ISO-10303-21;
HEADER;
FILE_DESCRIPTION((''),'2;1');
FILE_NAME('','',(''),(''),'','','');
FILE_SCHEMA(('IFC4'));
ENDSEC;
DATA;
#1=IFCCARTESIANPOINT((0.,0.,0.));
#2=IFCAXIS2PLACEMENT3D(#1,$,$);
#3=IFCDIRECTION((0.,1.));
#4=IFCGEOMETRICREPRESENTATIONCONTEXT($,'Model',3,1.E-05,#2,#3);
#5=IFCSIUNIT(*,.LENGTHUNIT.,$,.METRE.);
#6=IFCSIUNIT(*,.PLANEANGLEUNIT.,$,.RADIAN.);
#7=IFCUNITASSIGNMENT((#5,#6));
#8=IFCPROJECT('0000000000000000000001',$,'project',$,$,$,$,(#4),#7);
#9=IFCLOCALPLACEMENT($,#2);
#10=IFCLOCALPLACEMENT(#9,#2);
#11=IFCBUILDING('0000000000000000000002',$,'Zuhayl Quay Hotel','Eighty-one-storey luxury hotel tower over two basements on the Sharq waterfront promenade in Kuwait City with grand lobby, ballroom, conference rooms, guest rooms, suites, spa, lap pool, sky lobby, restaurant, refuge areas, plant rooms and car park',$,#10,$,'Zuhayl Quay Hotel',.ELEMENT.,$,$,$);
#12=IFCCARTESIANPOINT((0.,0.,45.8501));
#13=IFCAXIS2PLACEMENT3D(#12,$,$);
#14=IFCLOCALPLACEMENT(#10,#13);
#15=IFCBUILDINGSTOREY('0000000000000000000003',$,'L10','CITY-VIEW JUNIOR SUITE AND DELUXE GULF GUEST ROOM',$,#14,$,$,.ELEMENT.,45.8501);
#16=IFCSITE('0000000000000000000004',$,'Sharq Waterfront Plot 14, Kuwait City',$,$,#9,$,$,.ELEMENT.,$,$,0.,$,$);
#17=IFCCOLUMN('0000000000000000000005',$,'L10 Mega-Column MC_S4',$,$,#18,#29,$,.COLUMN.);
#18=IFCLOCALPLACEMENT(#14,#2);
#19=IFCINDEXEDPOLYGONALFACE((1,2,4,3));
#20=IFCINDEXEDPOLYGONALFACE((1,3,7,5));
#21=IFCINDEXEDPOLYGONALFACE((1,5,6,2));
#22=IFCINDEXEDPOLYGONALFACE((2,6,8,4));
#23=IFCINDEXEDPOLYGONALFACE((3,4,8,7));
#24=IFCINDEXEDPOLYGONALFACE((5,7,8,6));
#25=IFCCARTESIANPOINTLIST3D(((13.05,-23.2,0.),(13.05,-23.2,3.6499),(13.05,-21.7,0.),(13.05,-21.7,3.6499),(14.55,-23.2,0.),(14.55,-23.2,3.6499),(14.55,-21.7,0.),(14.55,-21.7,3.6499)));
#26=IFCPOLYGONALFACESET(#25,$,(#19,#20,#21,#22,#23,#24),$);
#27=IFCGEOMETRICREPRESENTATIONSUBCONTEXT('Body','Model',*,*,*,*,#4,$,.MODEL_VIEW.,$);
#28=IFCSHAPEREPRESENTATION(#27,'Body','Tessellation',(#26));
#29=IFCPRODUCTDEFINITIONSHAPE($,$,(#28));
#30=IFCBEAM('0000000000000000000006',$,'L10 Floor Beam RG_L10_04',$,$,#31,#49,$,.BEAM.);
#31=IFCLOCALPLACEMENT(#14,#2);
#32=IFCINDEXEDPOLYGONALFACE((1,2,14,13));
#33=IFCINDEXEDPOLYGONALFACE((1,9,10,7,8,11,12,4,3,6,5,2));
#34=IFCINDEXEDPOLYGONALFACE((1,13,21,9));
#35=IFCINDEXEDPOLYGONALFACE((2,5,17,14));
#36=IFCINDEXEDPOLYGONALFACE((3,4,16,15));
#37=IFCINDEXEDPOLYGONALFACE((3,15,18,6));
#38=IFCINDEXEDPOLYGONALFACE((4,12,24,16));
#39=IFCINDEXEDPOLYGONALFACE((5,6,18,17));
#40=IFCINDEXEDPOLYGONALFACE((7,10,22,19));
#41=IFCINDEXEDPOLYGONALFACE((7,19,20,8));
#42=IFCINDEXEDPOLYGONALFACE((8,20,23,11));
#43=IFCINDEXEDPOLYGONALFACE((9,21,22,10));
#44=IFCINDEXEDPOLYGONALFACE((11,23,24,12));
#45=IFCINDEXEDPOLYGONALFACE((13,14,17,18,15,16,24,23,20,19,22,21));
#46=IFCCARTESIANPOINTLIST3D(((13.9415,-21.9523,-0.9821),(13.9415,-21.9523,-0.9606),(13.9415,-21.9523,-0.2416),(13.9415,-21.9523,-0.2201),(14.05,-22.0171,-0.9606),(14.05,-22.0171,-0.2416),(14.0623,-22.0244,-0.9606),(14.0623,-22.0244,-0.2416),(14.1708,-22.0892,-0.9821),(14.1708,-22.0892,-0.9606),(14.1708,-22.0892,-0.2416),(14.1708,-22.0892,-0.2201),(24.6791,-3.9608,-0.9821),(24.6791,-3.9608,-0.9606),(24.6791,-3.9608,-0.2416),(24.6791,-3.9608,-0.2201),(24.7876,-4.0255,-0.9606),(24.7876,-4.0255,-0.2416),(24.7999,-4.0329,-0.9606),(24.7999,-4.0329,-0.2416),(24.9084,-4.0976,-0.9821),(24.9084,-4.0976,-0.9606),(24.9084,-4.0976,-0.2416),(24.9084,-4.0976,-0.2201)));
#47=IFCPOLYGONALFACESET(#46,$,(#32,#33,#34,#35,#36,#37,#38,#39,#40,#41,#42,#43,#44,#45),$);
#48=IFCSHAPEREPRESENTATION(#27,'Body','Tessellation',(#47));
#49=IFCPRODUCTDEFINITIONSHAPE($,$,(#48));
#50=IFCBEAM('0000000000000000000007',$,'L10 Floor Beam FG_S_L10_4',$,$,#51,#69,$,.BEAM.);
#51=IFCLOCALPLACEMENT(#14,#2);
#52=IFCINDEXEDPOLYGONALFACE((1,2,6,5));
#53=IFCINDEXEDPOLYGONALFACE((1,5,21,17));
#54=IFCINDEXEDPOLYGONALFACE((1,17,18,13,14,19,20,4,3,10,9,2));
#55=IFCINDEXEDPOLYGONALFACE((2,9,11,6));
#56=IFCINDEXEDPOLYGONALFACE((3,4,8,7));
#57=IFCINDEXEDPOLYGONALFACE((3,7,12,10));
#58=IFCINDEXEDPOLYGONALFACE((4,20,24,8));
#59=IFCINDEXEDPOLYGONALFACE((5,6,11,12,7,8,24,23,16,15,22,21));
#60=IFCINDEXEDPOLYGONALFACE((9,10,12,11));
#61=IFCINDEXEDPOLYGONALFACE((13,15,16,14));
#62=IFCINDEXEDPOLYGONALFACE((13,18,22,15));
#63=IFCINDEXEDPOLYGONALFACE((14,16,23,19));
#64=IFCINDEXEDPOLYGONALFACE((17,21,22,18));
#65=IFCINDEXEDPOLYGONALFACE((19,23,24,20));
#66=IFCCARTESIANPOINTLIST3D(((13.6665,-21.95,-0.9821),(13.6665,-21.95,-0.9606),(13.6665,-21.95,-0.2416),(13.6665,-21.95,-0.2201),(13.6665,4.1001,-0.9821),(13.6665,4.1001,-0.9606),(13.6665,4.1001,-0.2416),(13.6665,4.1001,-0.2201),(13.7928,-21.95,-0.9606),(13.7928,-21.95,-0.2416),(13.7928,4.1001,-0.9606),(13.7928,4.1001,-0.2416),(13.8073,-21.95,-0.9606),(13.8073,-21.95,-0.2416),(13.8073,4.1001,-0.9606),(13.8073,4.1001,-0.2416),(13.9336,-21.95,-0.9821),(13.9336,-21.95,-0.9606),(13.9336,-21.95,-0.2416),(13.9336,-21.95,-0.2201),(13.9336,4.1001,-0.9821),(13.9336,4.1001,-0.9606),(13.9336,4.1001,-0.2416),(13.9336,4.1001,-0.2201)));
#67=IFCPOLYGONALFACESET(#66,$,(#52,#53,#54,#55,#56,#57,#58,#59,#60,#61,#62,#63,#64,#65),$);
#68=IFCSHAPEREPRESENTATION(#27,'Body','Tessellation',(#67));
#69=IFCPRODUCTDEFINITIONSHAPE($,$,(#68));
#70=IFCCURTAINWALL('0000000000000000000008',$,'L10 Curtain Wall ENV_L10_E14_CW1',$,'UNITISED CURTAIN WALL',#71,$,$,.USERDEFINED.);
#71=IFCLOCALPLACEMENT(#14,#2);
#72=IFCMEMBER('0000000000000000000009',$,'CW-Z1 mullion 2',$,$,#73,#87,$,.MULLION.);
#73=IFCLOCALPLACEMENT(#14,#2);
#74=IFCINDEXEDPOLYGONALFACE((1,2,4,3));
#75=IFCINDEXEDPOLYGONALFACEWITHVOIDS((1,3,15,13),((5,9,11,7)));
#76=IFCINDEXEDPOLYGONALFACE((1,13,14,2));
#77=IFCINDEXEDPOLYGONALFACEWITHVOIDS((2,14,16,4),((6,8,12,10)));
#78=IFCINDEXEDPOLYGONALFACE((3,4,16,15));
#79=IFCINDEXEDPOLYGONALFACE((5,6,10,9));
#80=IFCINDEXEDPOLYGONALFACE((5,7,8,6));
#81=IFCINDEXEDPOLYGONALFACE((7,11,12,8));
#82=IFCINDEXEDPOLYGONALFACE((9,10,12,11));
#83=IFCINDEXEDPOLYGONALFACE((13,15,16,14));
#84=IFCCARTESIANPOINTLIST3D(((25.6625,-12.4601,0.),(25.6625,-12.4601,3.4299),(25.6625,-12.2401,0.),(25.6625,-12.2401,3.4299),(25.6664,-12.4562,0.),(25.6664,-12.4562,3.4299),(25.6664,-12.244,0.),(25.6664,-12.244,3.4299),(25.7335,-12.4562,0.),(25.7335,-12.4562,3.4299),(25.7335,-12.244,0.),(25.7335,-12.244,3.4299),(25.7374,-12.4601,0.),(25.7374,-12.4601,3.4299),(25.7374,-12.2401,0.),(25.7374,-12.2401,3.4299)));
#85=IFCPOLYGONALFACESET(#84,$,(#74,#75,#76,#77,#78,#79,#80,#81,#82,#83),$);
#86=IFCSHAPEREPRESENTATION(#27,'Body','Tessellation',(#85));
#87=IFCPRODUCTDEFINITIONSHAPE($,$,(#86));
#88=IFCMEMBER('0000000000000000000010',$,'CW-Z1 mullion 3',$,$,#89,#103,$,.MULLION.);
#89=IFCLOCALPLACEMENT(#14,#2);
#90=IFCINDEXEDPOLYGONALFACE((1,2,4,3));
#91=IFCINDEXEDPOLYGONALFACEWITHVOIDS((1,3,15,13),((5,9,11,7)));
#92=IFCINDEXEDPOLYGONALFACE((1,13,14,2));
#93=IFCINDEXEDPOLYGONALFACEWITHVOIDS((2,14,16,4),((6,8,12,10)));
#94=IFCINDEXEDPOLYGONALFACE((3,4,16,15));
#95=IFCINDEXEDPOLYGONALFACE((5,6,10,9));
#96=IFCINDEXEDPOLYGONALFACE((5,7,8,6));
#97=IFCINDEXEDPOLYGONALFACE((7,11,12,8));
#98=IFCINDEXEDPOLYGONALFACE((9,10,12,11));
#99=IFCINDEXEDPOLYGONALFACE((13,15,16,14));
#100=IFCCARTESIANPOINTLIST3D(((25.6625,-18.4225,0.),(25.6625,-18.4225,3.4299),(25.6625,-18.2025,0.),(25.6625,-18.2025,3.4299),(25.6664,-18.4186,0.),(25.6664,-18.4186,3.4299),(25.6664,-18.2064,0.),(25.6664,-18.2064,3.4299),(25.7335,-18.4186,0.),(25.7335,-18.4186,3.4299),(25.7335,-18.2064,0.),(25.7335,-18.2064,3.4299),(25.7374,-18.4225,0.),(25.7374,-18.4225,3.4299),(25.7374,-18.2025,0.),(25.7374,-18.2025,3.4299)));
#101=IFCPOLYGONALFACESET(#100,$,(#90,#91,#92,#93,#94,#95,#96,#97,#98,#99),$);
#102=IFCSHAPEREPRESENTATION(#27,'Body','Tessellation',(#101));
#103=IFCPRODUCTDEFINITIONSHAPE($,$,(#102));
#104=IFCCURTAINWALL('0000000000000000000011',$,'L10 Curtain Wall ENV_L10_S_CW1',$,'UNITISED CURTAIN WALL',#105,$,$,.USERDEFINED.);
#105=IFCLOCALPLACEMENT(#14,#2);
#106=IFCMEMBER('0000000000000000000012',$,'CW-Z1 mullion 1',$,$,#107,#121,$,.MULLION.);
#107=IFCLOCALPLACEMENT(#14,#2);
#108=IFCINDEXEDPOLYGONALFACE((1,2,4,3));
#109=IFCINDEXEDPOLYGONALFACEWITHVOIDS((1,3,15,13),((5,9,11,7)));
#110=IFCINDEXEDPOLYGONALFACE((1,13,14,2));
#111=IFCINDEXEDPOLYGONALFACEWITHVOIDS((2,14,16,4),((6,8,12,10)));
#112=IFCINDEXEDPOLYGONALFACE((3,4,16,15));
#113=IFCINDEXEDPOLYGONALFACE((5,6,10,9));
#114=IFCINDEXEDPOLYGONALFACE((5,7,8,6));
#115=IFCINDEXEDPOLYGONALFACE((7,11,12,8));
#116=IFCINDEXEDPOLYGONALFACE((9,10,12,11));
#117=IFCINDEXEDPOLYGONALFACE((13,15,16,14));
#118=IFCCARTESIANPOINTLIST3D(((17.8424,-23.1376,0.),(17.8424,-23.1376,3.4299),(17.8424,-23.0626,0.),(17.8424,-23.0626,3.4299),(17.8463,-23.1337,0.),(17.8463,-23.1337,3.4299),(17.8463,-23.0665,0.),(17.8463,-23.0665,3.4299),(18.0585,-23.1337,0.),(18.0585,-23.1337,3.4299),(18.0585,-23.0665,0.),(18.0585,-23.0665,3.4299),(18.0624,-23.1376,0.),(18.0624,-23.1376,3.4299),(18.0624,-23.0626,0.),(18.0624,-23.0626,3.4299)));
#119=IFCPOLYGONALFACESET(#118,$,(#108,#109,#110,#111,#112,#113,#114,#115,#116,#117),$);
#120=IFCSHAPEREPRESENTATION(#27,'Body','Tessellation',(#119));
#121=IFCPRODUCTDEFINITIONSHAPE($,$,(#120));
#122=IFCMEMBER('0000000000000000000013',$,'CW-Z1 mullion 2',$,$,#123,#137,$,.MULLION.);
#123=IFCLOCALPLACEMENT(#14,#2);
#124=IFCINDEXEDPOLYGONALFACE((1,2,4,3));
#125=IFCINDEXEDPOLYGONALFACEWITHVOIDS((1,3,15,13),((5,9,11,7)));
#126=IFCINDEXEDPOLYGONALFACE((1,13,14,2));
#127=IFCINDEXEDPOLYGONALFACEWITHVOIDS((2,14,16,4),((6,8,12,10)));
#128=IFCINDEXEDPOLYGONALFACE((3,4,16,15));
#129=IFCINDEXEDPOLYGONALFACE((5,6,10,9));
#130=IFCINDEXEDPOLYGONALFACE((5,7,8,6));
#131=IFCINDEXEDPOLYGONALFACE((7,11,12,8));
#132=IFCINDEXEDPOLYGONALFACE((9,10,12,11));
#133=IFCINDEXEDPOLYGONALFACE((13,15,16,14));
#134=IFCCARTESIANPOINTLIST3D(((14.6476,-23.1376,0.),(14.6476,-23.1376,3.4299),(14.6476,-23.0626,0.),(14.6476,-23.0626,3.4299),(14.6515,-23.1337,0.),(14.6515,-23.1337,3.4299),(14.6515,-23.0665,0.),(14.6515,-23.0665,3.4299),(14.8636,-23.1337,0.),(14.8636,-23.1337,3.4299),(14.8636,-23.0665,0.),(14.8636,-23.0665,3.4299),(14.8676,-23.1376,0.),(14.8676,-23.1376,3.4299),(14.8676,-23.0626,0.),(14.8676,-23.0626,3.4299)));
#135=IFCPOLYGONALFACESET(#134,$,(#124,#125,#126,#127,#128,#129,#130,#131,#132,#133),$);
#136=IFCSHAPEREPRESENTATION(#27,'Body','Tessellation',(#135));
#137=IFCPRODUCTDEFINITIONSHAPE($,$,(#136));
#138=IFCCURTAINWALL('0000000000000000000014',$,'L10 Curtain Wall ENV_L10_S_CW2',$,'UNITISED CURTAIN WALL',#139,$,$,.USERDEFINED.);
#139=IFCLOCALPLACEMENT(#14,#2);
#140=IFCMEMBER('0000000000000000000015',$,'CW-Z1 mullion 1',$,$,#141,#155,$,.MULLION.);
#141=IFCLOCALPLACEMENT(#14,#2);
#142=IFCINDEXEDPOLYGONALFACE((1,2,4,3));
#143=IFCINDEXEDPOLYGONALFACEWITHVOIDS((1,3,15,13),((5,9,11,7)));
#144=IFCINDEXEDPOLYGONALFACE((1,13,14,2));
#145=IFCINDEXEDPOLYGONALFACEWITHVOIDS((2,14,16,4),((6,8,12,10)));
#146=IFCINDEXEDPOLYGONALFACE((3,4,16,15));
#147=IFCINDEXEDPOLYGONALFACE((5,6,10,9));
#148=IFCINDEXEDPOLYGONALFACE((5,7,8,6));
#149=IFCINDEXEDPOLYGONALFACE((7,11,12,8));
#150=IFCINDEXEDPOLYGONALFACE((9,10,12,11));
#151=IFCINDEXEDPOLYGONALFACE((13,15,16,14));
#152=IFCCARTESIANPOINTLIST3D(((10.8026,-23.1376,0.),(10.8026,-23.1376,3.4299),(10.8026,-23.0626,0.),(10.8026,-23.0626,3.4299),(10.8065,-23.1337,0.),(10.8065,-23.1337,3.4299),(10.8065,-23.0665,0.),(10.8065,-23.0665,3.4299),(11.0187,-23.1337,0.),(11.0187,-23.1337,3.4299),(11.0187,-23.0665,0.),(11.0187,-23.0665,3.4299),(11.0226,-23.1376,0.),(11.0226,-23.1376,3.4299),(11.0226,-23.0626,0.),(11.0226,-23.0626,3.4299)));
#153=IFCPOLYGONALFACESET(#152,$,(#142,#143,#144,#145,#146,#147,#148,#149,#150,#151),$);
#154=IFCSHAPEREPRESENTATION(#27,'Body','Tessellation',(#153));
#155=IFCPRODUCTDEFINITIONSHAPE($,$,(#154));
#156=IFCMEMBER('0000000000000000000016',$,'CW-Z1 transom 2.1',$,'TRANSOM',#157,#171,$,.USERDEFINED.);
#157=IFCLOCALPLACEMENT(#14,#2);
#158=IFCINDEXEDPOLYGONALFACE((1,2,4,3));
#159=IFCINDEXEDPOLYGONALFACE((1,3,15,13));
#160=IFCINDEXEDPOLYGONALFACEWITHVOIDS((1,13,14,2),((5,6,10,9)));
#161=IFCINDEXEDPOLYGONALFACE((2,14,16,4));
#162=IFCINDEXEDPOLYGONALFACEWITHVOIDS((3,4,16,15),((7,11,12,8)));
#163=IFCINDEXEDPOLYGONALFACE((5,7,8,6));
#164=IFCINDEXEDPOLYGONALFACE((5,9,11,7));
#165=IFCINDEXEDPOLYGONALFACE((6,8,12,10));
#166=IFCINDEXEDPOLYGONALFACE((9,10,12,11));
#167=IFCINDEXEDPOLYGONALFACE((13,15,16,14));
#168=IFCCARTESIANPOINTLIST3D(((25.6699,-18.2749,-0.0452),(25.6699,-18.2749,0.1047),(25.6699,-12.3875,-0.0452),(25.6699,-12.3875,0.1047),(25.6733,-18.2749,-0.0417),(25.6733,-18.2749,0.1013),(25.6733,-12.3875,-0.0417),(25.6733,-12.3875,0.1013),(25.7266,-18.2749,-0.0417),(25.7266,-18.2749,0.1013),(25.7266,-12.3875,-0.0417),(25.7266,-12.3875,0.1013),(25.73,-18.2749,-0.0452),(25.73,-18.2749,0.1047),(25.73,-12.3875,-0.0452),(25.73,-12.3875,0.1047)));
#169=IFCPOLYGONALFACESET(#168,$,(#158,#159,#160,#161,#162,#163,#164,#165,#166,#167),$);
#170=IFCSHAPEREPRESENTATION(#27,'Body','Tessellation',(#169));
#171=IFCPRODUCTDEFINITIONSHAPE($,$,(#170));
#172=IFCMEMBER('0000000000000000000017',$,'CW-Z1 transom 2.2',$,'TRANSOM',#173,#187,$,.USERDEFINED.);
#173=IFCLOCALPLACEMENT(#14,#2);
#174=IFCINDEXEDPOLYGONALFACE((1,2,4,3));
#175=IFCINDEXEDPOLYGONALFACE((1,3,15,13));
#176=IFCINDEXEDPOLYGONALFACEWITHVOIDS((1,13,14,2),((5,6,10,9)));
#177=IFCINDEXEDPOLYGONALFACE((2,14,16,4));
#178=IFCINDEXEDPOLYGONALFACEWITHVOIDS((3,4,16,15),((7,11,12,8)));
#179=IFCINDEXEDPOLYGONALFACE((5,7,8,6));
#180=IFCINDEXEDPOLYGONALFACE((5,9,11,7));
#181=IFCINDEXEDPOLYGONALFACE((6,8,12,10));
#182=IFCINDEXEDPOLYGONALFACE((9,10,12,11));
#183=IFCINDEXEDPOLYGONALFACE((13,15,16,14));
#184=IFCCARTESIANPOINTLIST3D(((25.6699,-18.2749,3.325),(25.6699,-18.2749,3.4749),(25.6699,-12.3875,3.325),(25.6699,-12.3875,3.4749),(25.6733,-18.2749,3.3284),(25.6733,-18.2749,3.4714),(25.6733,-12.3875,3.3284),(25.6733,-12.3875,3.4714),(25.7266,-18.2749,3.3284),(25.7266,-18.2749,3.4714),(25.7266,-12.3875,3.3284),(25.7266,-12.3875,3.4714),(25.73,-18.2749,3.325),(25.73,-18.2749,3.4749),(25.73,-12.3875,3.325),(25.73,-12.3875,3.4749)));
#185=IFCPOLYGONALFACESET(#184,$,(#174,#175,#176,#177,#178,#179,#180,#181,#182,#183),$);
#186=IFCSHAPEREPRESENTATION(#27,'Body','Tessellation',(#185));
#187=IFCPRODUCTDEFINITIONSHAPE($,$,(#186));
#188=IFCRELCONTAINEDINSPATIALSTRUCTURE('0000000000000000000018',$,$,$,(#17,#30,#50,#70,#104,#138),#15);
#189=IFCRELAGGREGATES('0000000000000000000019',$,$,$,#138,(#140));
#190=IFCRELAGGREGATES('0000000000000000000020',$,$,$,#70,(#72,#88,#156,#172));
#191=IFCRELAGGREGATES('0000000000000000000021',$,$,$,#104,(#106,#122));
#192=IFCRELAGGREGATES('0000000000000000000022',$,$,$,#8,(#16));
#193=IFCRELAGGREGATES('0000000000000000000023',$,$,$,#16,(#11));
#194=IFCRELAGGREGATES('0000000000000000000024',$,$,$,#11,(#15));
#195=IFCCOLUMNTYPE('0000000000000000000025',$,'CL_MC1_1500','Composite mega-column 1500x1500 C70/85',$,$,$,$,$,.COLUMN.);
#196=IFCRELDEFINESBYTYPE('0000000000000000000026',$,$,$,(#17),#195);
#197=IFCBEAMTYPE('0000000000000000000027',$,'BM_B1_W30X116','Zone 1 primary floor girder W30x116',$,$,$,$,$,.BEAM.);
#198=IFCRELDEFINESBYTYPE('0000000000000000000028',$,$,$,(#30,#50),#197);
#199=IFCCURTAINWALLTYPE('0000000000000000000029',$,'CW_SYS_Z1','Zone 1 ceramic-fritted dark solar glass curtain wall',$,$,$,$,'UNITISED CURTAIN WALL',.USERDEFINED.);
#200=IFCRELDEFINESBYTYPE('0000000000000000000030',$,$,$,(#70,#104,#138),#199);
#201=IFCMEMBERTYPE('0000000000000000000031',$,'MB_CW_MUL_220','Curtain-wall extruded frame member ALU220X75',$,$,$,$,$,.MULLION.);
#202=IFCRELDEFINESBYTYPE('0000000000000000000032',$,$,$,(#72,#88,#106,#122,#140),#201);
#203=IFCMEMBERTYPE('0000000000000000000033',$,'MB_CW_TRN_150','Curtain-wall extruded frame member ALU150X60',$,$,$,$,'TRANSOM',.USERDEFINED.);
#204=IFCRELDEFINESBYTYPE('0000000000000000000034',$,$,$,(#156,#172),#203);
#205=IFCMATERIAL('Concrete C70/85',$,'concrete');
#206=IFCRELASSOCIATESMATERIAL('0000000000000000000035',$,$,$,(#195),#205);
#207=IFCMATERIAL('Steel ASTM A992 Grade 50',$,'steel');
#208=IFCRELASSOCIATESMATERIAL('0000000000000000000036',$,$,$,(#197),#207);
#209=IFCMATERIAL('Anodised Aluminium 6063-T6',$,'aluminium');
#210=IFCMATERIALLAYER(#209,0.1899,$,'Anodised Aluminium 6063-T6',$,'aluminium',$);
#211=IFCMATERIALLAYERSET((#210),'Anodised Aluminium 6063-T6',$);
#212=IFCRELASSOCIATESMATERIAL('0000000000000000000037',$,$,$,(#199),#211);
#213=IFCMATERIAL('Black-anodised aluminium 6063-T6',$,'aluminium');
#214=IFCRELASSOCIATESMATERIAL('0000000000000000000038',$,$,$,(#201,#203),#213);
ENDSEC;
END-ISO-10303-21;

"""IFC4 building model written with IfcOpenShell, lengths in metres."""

from ifc_helpers import new_model, si_unit, direction, frame, origin, origin_2d, place, context, subcontext, project, spatial, rectangle, hollow_rectangle, i_section, extrude, material, layer, layer_set, material_profile, profile_set, type_object, element, aggregate, save


model = new_model("IFC4")

# Units and contexts
model_context = context("Model", 3, precision=1e-05, world=origin(), true_north=direction((0.0, 1.0)))
body_context = subcontext(model_context, "Body", "Model", "MODEL_VIEW")
ifc_project = project(units=[si_unit("LENGTHUNIT", "METRE"), si_unit("PLANEANGLEUNIT", "RADIAN")], contexts=[model_context])

# Site, building, storey
site_placement = place(None, origin())
site = spatial("IfcSite", under=ifc_project, at=site_placement, Name="Sharq Waterfront Plot 14, Kuwait City", CompositionType="ELEMENT", RefElevation=0.0)
building_placement = place(site_placement, origin())
building = spatial("IfcBuilding", under=site, at=building_placement, Name="Zuhayl Quay Hotel", Description="Eighty-one-storey luxury hotel tower over two basements on the Sharq waterfront promenade in Kuwait City with grand lobby, ballroom, conference rooms, guest rooms, suites, spa, lap pool, sky lobby, restaurant, refuge areas, plant rooms and car park", LongName="Zuhayl Quay Hotel", CompositionType="ELEMENT")
storey_placement = place(building_placement, frame((0.0, 0.0, 45.8501)))
storey = spatial("IfcBuildingStorey", under=building, at=storey_placement, Name="L10", Description="CITY-VIEW JUNIOR SUITE AND DELUXE GULF GUEST ROOM", CompositionType="ELEMENT", Elevation=45.8501)

# Column
ifc_material_1 = material(Name="Concrete C70/85", Category="concrete")
ifc_material_profile_1 = material_profile(ifc_material_1, rectangle(XDim=1.5, YDim=1.5, at=origin_2d()), Name="RC1500X1500")
ifc_profile_set_1 = profile_set([ifc_material_profile_1], Name="Concrete C70/85")
column_type = type_object("IfcColumnType", Name="CL_MC1_1500", Description="Composite mega-column 1500x1500 C70/85", PredefinedType="COLUMN", material=ifc_profile_set_1)
column_placement = place(storey_placement, frame((13.8, -22.45, 0.0), z_axis=(0.0, 0.0, 1.0), x_axis=(1.0, 0.0, 0.0)))
element("IfcColumn", 1, at=column_placement, inside=storey, type_object=column_type, Name="L10 Mega-Column MC_S4", PredefinedType="COLUMN", context=body_context, shape_type="SweptSolid", body=[
    extrude(rectangle(XDim=1.5, YDim=1.5, at=origin_2d()), origin(), (0.0, 0.0, 1.0), 3.6499),
])

# Beams
ifc_material_2 = material(Name="Steel ASTM A992 Grade 50", Category="steel")
ifc_material_profile_2 = material_profile(ifc_material_2, i_section(OverallWidth=0.2671, OverallDepth=0.762, WebThickness=0.0144, FlangeThickness=0.0215, at=origin_2d()), Name="W30X116")
ifc_profile_set_2 = profile_set([ifc_material_profile_2], Name="Steel ASTM A992 Grade 50")
beam_type = type_object("IfcBeamType", Name="BM_B1_W30X116", Description="Zone 1 primary floor girder W30x116", PredefinedType="BEAM", material=ifc_profile_set_2)
beam_1_placement = place(storey_placement, frame((14.0562, -22.0208, -0.6011), z_axis=(0.512483, 0.858698, 0.0), x_axis=(-0.858698, 0.512483, 0.0)))
element("IfcBeam", 2, at=beam_1_placement, inside=storey, type_object=beam_type, Name="L10 Floor Beam RG_L10_04", PredefinedType="BEAM", context=body_context, shape_type="SweptSolid", body=[
    extrude(i_section(OverallWidth=0.2671, OverallDepth=0.762, WebThickness=0.0144, FlangeThickness=0.0215, at=origin_2d()), origin(), (0.0, 0.0, 1.0), 20.9521),
])
beam_2_placement = place(storey_placement, frame((13.8, -21.95, -0.6011), z_axis=(0.0, 1.0, 0.0), x_axis=(-1.0, 0.0, 0.0)))
element("IfcBeam", 3, at=beam_2_placement, inside=storey, type_object=beam_type, Name="L10 Floor Beam FG_S_L10_4", PredefinedType="BEAM", context=body_context, shape_type="SweptSolid", body=[
    extrude(i_section(OverallWidth=0.2671, OverallDepth=0.762, WebThickness=0.0144, FlangeThickness=0.0215, at=origin_2d()), origin(), (0.0, 0.0, 1.0), 26.05),
])

# Curtain walls, members
ifc_material_3 = material(Name="Anodised Aluminium 6063-T6", Category="aluminium")
ifc_layer_1 = layer(ifc_material_3, 0.1899, Name="Anodised Aluminium 6063-T6", Category="aluminium")
ifc_layer_set_1 = layer_set([ifc_layer_1], Name="Anodised Aluminium 6063-T6")
curtain_wall_type = type_object("IfcCurtainWallType", Name="CW_SYS_Z1", Description="Zone 1 ceramic-fritted dark solar glass curtain wall", ElementType="UNITISED CURTAIN WALL", PredefinedType="USERDEFINED", material=ifc_layer_set_1)
curtain_wall_1_placement = place(storey_placement, origin())
curtain_wall_1 = element("IfcCurtainWall", 4, at=curtain_wall_1_placement, inside=storey, type_object=curtain_wall_type, Name="L10 Curtain Wall ENV_L10_E14_CW1", ObjectType="UNITISED CURTAIN WALL", PredefinedType="USERDEFINED")
ifc_material_4 = material(Name="Black-anodised aluminium 6063-T6", Category="aluminium")
ifc_material_profile_3 = material_profile(ifc_material_4, hollow_rectangle(XDim=0.075, YDim=0.22, WallThickness=0.0039, at=origin_2d()), Name="ALU220X75")
ifc_profile_set_3 = profile_set([ifc_material_profile_3], Name="Black-anodised aluminium 6063-T6")
member_type_1 = type_object("IfcMemberType", Name="MB_CW_MUL_220", Description="Curtain-wall extruded frame member ALU220X75", PredefinedType="MULLION", material=ifc_profile_set_3)
member_1_placement = place(storey_placement, frame((25.7, -12.3501, 0.0), z_axis=(0.0, 0.0, 1.0), x_axis=(1.0, 0.0, 0.0)))
member_1 = element("IfcMember", 5, at=member_1_placement, type_object=member_type_1, Name="CW-Z1 mullion 2", PredefinedType="MULLION", context=body_context, shape_type="SweptSolid", body=[
    extrude(hollow_rectangle(XDim=0.075, YDim=0.22, WallThickness=0.0039, at=origin_2d()), origin(), (0.0, 0.0, 1.0), 3.4299),
])
member_2_placement = place(storey_placement, frame((25.7, -18.3125, 0.0), z_axis=(0.0, 0.0, 1.0), x_axis=(1.0, 0.0, 0.0)))
member_2 = element("IfcMember", 6, at=member_2_placement, type_object=member_type_1, Name="CW-Z1 mullion 3", PredefinedType="MULLION", context=body_context, shape_type="SweptSolid", body=[
    extrude(hollow_rectangle(XDim=0.075, YDim=0.22, WallThickness=0.0039, at=origin_2d()), origin(), (0.0, 0.0, 1.0), 3.4299),
])
curtain_wall_2_placement = place(storey_placement, origin())
curtain_wall_2 = element("IfcCurtainWall", 7, at=curtain_wall_2_placement, inside=storey, type_object=curtain_wall_type, Name="L10 Curtain Wall ENV_L10_S_CW1", ObjectType="UNITISED CURTAIN WALL", PredefinedType="USERDEFINED")
member_3_placement = place(storey_placement, frame((17.9524, -23.1001, 0.0), z_axis=(0.0, 0.0, 1.0), x_axis=(0.0, -1.0, 0.0)))
member_3 = element("IfcMember", 8, at=member_3_placement, type_object=member_type_1, Name="CW-Z1 mullion 1", PredefinedType="MULLION", context=body_context, shape_type="SweptSolid", body=[
    extrude(hollow_rectangle(XDim=0.075, YDim=0.22, WallThickness=0.0039, at=origin_2d()), origin(), (0.0, 0.0, 1.0), 3.4299),
])
member_4_placement = place(storey_placement, frame((14.7576, -23.1001, 0.0), z_axis=(0.0, 0.0, 1.0), x_axis=(0.0, -1.0, 0.0)))
member_4 = element("IfcMember", 9, at=member_4_placement, type_object=member_type_1, Name="CW-Z1 mullion 2", PredefinedType="MULLION", context=body_context, shape_type="SweptSolid", body=[
    extrude(hollow_rectangle(XDim=0.075, YDim=0.22, WallThickness=0.0039, at=origin_2d()), origin(), (0.0, 0.0, 1.0), 3.4299),
])

# Curtain wall, member
curtain_wall_3_placement = place(storey_placement, origin())
curtain_wall_3 = element("IfcCurtainWall", 10, at=curtain_wall_3_placement, inside=storey, type_object=curtain_wall_type, Name="L10 Curtain Wall ENV_L10_S_CW2", ObjectType="UNITISED CURTAIN WALL", PredefinedType="USERDEFINED")
member_5_placement = place(storey_placement, frame((10.9126, -23.1001, 0.0), z_axis=(0.0, 0.0, 1.0), x_axis=(0.0, -1.0, 0.0)))
member_5 = element("IfcMember", 11, at=member_5_placement, type_object=member_type_1, Name="CW-Z1 mullion 1", PredefinedType="MULLION", context=body_context, shape_type="SweptSolid", body=[
    extrude(hollow_rectangle(XDim=0.075, YDim=0.22, WallThickness=0.0039, at=origin_2d()), origin(), (0.0, 0.0, 1.0), 3.4299),
])

# Members
ifc_material_profile_4 = material_profile(ifc_material_4, hollow_rectangle(XDim=0.0601, YDim=0.1499, WallThickness=0.0034, at=origin_2d()), Name="ALU150X60")
ifc_profile_set_4 = profile_set([ifc_material_profile_4], Name="Black-anodised aluminium 6063-T6")
member_type_2 = type_object("IfcMemberType", Name="MB_CW_TRN_150", Description="Curtain-wall extruded frame member ALU150X60", ElementType="TRANSOM", PredefinedType="USERDEFINED", material=ifc_profile_set_4)
member_6_placement = place(storey_placement, frame((25.7, -12.3875, 0.0298), z_axis=(0.0, -1.0, 0.0), x_axis=(1.0, 0.0, 0.0)))
member_6 = element("IfcMember", 12, at=member_6_placement, type_object=member_type_2, Name="CW-Z1 transom 2.1", ObjectType="TRANSOM", PredefinedType="USERDEFINED", context=body_context, shape_type="SweptSolid", body=[
    extrude(hollow_rectangle(XDim=0.0601, YDim=0.1499, WallThickness=0.0034, at=origin_2d()), origin(), (0.0, 0.0, 1.0), 5.8875),
])
member_7_placement = place(storey_placement, frame((25.7, -12.3875, 3.3999), z_axis=(0.0, -1.0, 0.0), x_axis=(1.0, 0.0, 0.0)))
member_7 = element("IfcMember", 13, at=member_7_placement, type_object=member_type_2, Name="CW-Z1 transom 2.2", ObjectType="TRANSOM", PredefinedType="USERDEFINED", context=body_context, shape_type="SweptSolid", body=[
    extrude(hollow_rectangle(XDim=0.0601, YDim=0.1499, WallThickness=0.0034, at=origin_2d()), origin(), (0.0, 0.0, 1.0), 5.8875),
])
aggregate(curtain_wall_3, [member_5])

aggregate(curtain_wall_1, [member_1, member_2, member_6, member_7])
aggregate(curtain_wall_2, [member_3, member_4])

save(model, "model.ifc")
